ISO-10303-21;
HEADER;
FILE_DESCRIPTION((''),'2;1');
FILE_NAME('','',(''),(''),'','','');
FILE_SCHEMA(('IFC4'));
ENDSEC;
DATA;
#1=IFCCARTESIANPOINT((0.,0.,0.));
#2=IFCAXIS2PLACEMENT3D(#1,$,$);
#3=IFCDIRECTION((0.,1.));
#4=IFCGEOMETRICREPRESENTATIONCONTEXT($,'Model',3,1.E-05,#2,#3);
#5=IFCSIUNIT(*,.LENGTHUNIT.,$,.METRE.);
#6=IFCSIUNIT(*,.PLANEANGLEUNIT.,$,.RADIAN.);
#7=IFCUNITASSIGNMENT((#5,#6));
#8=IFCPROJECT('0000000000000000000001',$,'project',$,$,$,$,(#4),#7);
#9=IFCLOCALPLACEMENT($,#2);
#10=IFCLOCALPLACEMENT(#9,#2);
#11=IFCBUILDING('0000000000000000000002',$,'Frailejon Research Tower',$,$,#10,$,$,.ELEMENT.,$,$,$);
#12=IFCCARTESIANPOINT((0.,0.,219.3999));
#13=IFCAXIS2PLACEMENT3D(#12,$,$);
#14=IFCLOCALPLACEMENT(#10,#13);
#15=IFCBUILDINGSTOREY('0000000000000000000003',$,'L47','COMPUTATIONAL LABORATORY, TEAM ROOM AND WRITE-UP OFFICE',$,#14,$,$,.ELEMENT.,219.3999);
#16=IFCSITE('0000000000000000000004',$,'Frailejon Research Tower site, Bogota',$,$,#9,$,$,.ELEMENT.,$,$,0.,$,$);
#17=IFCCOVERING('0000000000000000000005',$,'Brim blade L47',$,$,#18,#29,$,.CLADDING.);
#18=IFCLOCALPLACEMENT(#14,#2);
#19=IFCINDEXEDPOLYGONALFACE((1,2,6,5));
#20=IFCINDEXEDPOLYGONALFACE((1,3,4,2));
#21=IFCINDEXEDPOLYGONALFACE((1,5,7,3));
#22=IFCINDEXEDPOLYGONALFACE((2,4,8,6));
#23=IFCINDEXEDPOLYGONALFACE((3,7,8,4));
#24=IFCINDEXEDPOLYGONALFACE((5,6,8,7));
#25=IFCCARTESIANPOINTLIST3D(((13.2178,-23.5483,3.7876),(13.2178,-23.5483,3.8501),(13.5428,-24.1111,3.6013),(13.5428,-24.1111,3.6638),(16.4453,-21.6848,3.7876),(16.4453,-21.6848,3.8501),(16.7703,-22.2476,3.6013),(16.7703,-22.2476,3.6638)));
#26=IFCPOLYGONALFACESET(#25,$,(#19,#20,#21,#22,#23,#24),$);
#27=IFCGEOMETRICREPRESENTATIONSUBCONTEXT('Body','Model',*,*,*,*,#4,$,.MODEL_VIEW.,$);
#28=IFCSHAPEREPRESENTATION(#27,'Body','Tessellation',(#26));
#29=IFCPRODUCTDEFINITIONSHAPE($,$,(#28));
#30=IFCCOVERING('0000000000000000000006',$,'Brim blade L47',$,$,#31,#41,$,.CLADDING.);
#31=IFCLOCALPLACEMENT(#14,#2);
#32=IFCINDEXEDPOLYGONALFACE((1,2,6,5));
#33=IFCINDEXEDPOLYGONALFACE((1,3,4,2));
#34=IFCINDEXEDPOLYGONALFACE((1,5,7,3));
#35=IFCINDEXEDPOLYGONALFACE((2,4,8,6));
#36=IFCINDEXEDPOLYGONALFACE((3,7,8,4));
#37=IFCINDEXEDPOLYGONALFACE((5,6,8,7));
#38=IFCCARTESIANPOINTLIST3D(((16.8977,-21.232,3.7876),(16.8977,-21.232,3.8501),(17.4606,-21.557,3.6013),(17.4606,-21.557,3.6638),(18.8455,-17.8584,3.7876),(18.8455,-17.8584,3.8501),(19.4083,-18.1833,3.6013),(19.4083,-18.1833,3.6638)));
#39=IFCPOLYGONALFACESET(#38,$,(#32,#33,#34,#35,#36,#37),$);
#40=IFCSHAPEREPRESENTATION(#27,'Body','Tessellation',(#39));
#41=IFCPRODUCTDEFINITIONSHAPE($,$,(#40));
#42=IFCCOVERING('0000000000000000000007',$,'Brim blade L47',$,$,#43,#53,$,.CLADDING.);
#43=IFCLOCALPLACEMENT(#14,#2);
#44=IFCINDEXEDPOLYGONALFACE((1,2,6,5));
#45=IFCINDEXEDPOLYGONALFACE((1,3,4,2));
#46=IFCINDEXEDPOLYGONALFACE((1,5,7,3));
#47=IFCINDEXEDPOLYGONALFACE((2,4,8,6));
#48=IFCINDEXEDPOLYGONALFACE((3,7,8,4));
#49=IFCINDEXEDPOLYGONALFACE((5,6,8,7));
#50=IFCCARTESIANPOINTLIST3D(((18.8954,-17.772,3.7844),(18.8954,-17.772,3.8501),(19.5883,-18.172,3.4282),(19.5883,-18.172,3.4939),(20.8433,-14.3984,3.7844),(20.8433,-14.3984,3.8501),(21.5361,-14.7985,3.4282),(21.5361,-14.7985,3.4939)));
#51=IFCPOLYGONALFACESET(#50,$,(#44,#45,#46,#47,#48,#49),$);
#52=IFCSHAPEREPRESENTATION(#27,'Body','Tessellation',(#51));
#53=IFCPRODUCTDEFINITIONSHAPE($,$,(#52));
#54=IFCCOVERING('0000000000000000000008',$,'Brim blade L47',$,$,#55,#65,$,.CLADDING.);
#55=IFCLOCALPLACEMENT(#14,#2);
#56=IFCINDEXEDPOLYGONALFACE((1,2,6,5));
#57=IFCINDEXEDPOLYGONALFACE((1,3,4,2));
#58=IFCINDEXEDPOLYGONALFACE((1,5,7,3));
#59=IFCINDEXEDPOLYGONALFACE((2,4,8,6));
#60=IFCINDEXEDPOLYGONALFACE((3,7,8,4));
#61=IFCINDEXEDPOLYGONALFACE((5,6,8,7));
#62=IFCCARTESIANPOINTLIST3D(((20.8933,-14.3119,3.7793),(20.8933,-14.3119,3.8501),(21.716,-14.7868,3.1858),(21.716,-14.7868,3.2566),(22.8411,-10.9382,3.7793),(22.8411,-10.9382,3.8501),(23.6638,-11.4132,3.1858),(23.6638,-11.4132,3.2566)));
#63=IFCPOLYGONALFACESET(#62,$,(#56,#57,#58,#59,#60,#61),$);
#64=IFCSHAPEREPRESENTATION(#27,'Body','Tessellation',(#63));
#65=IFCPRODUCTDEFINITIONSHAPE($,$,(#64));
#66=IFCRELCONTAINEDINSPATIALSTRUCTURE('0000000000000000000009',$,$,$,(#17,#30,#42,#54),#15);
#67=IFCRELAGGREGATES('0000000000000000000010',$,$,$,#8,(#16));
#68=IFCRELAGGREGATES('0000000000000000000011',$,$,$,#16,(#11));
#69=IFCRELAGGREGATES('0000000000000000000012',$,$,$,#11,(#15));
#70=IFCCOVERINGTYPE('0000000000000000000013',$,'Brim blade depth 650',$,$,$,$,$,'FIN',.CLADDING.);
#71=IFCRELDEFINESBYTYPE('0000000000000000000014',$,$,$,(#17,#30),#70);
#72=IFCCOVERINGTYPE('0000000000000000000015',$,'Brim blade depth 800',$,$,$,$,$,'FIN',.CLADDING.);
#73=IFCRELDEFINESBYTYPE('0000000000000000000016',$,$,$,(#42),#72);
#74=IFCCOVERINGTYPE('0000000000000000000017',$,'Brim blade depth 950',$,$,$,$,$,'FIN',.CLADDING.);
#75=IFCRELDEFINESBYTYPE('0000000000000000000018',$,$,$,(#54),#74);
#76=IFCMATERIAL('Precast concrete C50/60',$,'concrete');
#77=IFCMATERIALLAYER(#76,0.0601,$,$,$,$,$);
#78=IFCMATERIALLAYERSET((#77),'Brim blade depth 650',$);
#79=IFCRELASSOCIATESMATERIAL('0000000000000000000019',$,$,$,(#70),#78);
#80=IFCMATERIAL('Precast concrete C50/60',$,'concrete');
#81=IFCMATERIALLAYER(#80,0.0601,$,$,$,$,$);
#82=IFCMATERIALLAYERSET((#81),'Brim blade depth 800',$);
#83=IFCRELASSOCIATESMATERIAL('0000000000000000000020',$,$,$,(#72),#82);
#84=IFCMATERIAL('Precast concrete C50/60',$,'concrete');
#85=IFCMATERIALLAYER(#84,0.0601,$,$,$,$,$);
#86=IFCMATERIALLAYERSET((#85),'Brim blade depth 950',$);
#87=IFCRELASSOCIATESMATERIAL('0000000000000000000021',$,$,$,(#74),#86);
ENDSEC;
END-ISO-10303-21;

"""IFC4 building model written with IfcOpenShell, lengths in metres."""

from ifc_helpers import new_model, si_unit, direction, frame, origin, place, context, subcontext, project, spatial, polyline, outline, extrude, material, layer, layer_set, type_object, element, save


model = new_model("IFC4")

# Units and contexts
model_context = context("Model", 3, precision=1e-05, world=origin(), true_north=direction((0.0, 1.0)))
body_context = subcontext(model_context, "Body", "Model", "MODEL_VIEW")
ifc_project = project(units=[si_unit("LENGTHUNIT", "METRE"), si_unit("PLANEANGLEUNIT", "RADIAN")], contexts=[model_context])

# Site, building, storey
site_placement = place(None, origin())
site = spatial("IfcSite", under=ifc_project, at=site_placement, Name="Frailejon Research Tower site, Bogota", CompositionType="ELEMENT", RefElevation=0.0)
building_placement = place(site_placement, origin())
building = spatial("IfcBuilding", under=site, at=building_placement, Name="Frailejon Research Tower", CompositionType="ELEMENT")
storey_placement = place(building_placement, frame((0.0, 0.0, 219.3999)))
storey = spatial("IfcBuildingStorey", under=building, at=storey_placement, Name="L47", Description="COMPUTATIONAL LABORATORY, TEAM ROOM AND WRITE-UP OFFICE", CompositionType="ELEMENT", Elevation=219.3999)

# Coverings
ifc_material_1 = material(Name="Precast concrete C50/60", Category="concrete")
ifc_layer_1 = layer(ifc_material_1, 0.0601)
ifc_layer_set_1 = layer_set([ifc_layer_1], Name="Brim blade depth 650")
covering_type_1 = type_object("IfcCoveringType", Name="Brim blade depth 650", ElementType="FIN", PredefinedType="CLADDING", material=ifc_layer_set_1)
covering_1_placement = place(storey_placement, frame((16.4453, -21.6848, 3.8501), z_axis=(-0.866018, -0.500012, 0.0), x_axis=(0.500012, -0.866018, 0.0)))
element("IfcCovering", 1, at=covering_1_placement, inside=storey, type_object=covering_type_1, Name="Brim blade L47", PredefinedType="CLADDING", context=body_context, shape_type="SweptSolid", body=[
    extrude(outline(polyline([(0.0, -0.0625), (0.6499, -0.2488), (0.6499, -0.1863), (0.0, 0.0), (0.0, -0.0625)])), origin(), (0.0, 0.0, 1.0), 3.7268),
])
covering_2_placement = place(storey_placement, frame((18.8455, -17.8584, 3.8501), z_axis=(-0.499991, -0.866031, 0.0), x_axis=(0.866031, -0.499991, 0.0)))
element("IfcCovering", 2, at=covering_2_placement, inside=storey, type_object=covering_type_1, Name="Brim blade L47", PredefinedType="CLADDING", context=body_context, shape_type="SweptSolid", body=[
    extrude(outline(polyline([(0.0, -0.0625), (0.6499, -0.2488), (0.6499, -0.1863), (0.0, 0.0), (0.0, -0.0625)])), origin(), (0.0, 0.0, 1.0), 3.8955),
])
ifc_material_2 = material(Name="Precast concrete C50/60", Category="concrete")
ifc_layer_2 = layer(ifc_material_2, 0.0601)
ifc_layer_set_2 = layer_set([ifc_layer_2], Name="Brim blade depth 800")
covering_type_2 = type_object("IfcCoveringType", Name="Brim blade depth 800", ElementType="FIN", PredefinedType="CLADDING", material=ifc_layer_set_2)
covering_3_placement = place(storey_placement, frame((20.8433, -14.3984, 3.8501), z_axis=(-0.500021, -0.866013, 0.0), x_axis=(0.866013, -0.500021, 0.0)))
element("IfcCovering", 3, at=covering_3_placement, inside=storey, type_object=covering_type_2, Name="Brim blade L47", PredefinedType="CLADDING", context=body_context, shape_type="SweptSolid", body=[
    extrude(outline(polyline([(0.0, -0.0657), (0.8, -0.4219), (0.8, -0.3562), (0.0, 0.0), (0.0, -0.0657)])), origin(), (0.0, 0.0, 1.0), 3.8955),
])
ifc_material_3 = material(Name="Precast concrete C50/60", Category="concrete")
ifc_layer_3 = layer(ifc_material_3, 0.0601)
ifc_layer_set_3 = layer_set([ifc_layer_3], Name="Brim blade depth 950")
covering_type_3 = type_object("IfcCoveringType", Name="Brim blade depth 950", ElementType="FIN", PredefinedType="CLADDING", material=ifc_layer_set_3)
covering_4_placement = place(storey_placement, frame((22.8411, -10.9382, 3.8501), z_axis=(-0.499991, -0.866031, 0.0), x_axis=(0.866031, -0.499991, 0.0)))
element("IfcCovering", 4, at=covering_4_placement, inside=storey, type_object=covering_type_3, Name="Brim blade L47", PredefinedType="CLADDING", context=body_context, shape_type="SweptSolid", body=[
    extrude(outline(polyline([(0.0, -0.0708), (0.95, -0.6643), (0.95, -0.5935), (0.0, 0.0), (0.0, -0.0708)])), origin(), (0.0, 0.0, 1.0), 3.8955),
])

save(model, "model.ifc")
